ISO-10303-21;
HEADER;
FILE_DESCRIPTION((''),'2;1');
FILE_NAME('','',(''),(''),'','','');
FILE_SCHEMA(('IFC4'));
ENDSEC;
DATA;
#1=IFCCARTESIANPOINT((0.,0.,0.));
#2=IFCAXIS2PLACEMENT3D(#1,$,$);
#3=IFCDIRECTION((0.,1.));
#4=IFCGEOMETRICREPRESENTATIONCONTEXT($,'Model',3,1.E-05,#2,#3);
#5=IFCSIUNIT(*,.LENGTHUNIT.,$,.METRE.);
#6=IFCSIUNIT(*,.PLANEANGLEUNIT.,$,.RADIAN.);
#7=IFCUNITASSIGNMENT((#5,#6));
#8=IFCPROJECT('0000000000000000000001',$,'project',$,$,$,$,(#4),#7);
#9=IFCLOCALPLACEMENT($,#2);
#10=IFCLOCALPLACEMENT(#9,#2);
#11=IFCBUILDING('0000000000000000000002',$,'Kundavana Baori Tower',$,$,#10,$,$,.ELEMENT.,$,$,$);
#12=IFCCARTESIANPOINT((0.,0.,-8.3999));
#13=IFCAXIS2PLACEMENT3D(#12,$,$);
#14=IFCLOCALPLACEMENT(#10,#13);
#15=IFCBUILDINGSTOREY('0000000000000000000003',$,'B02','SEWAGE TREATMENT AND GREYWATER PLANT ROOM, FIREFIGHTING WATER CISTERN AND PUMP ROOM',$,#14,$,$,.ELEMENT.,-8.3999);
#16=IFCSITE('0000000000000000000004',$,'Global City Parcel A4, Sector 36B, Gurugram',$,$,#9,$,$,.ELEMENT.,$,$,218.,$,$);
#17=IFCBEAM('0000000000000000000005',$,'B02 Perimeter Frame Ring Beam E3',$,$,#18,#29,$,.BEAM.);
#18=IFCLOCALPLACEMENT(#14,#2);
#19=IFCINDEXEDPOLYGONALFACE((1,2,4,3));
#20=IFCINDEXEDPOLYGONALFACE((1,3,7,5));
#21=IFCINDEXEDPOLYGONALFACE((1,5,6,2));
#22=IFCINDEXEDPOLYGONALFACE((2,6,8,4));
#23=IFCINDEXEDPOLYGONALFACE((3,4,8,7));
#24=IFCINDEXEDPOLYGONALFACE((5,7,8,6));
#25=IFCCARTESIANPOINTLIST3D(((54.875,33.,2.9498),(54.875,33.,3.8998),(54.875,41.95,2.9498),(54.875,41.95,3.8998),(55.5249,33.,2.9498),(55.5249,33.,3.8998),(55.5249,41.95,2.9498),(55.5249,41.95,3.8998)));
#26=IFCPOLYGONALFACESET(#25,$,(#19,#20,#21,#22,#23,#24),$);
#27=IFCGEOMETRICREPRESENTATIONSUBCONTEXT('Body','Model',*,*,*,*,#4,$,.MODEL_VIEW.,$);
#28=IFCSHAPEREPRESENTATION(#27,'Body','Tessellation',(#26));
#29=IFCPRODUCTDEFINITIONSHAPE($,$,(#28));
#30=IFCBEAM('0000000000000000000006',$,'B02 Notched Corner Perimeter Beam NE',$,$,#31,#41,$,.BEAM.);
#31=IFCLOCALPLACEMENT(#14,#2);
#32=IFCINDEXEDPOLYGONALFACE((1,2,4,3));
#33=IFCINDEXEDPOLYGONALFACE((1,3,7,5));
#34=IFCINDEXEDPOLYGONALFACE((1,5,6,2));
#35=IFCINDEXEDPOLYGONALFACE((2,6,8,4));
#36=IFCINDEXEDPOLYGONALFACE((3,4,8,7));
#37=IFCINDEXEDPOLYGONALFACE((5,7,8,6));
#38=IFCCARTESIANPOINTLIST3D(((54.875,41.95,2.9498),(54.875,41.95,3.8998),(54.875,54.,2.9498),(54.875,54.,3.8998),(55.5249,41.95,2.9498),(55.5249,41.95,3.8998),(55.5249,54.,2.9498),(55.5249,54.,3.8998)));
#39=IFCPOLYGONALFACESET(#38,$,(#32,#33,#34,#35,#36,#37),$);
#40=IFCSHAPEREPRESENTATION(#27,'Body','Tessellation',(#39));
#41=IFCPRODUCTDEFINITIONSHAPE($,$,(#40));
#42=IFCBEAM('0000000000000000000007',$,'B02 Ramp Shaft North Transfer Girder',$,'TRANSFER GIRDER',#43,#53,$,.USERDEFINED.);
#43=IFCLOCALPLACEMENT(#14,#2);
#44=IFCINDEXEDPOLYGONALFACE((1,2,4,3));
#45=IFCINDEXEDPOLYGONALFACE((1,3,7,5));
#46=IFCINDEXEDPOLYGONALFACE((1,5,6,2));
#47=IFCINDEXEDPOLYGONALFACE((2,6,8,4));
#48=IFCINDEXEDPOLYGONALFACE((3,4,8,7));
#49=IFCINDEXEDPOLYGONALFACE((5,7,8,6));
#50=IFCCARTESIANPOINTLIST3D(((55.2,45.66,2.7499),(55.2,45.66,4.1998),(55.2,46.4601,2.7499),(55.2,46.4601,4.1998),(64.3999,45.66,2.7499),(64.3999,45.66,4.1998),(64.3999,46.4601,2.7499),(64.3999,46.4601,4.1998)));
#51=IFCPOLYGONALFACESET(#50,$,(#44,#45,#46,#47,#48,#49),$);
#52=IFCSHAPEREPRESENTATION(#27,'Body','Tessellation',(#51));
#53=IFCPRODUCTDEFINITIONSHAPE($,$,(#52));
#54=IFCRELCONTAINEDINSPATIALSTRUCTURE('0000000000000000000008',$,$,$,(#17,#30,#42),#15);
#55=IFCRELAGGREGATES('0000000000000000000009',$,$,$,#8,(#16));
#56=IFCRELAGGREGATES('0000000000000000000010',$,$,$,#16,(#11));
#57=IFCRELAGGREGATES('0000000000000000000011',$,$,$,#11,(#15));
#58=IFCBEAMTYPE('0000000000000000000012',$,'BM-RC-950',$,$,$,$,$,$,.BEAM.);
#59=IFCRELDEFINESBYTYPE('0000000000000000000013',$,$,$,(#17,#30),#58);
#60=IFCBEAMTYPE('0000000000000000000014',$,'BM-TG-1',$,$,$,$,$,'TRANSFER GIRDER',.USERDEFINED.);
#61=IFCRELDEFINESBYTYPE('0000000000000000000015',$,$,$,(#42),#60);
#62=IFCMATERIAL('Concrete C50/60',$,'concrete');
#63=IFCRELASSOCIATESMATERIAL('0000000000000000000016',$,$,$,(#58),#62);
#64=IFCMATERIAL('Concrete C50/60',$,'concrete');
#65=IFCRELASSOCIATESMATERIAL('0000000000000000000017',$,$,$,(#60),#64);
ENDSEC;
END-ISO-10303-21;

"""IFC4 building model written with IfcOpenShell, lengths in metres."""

from ifc_helpers import new_model, si_unit, direction, frame, origin, origin_2d, place, context, subcontext, project, spatial, rectangle, extrude, material, material_profile, profile_set, type_object, element, save


model = new_model("IFC4")

# Units and contexts
model_context = context("Model", 3, precision=1e-05, world=origin(), true_north=direction((0.0, 1.0)))
body_context = subcontext(model_context, "Body", "Model", "MODEL_VIEW")
ifc_project = project(units=[si_unit("LENGTHUNIT", "METRE"), si_unit("PLANEANGLEUNIT", "RADIAN")], contexts=[model_context])

# Site, building, storey
site_placement = place(None, origin())
site = spatial("IfcSite", under=ifc_project, at=site_placement, Name="Global City Parcel A4, Sector 36B, Gurugram", CompositionType="ELEMENT", RefElevation=218.0)
building_placement = place(site_placement, origin())
building = spatial("IfcBuilding", under=site, at=building_placement, Name="Kundavana Baori Tower", CompositionType="ELEMENT")
storey_placement = place(building_placement, frame((0.0, 0.0, -8.3999)))
storey = spatial("IfcBuildingStorey", under=building, at=storey_placement, Name="B02", Description="SEWAGE TREATMENT AND GREYWATER PLANT ROOM, FIREFIGHTING WATER CISTERN AND PUMP ROOM", CompositionType="ELEMENT", Elevation=-8.3999)

# Beams
ifc_material_1 = material(Name="Concrete C50/60", Category="concrete")
ifc_material_profile_1 = material_profile(ifc_material_1, rectangle(XDim=0.6499, YDim=0.95, at=origin_2d()), Name="RC BM 650x950")
ifc_profile_set_1 = profile_set([ifc_material_profile_1], Name="Concrete C50/60")
beam_type_1 = type_object("IfcBeamType", Name="BM-RC-950", PredefinedType="BEAM", material=ifc_profile_set_1)
beam_1_placement = place(storey_placement, frame((55.2, 33.0, 3.4248), z_axis=(0.0, 1.0, 0.0), x_axis=(-1.0, 0.0, 0.0)))
element("IfcBeam", 1, at=beam_1_placement, inside=storey, type_object=beam_type_1, Name="B02 Perimeter Frame Ring Beam E3", PredefinedType="BEAM", context=body_context, shape_type="SweptSolid", body=[
    extrude(rectangle(XDim=0.6499, YDim=0.95, at=origin_2d()), origin(), (0.0, 0.0, 1.0), 8.95),
])
beam_2_placement = place(storey_placement, frame((55.2, 54.0, 3.4248), z_axis=(0.0, -1.0, 0.0), x_axis=(1.0, 0.0, 0.0)))
element("IfcBeam", 2, at=beam_2_placement, inside=storey, type_object=beam_type_1, Name="B02 Notched Corner Perimeter Beam NE", PredefinedType="BEAM", context=body_context, shape_type="SweptSolid", body=[
    extrude(rectangle(XDim=0.6499, YDim=0.95, at=origin_2d()), origin(), (0.0, 0.0, 1.0), 12.05),
])
ifc_material_2 = material(Name="Concrete C50/60", Category="concrete")
ifc_material_profile_2 = material_profile(ifc_material_2, rectangle(XDim=0.8, YDim=1.45, at=origin_2d()), Name="BM-TG-1")
ifc_profile_set_2 = profile_set([ifc_material_profile_2], Name="Concrete C50/60")
beam_type_2 = type_object("IfcBeamType", Name="BM-TG-1", ElementType="TRANSFER GIRDER", PredefinedType="USERDEFINED", material=ifc_profile_set_2)
beam_3_placement = place(storey_placement, frame((55.2, 46.0601, 3.4749), z_axis=(1.0, 0.0, 0.0), x_axis=(0.0, 1.0, 0.0)))
element("IfcBeam", 3, at=beam_3_placement, inside=storey, type_object=beam_type_2, Name="B02 Ramp Shaft North Transfer Girder", ObjectType="TRANSFER GIRDER", PredefinedType="USERDEFINED", context=body_context, shape_type="SweptSolid", body=[
    extrude(rectangle(XDim=0.8, YDim=1.45, at=origin_2d()), origin(), (0.0, 0.0, 1.0), 9.2),
])

save(model, "model.ifc")
